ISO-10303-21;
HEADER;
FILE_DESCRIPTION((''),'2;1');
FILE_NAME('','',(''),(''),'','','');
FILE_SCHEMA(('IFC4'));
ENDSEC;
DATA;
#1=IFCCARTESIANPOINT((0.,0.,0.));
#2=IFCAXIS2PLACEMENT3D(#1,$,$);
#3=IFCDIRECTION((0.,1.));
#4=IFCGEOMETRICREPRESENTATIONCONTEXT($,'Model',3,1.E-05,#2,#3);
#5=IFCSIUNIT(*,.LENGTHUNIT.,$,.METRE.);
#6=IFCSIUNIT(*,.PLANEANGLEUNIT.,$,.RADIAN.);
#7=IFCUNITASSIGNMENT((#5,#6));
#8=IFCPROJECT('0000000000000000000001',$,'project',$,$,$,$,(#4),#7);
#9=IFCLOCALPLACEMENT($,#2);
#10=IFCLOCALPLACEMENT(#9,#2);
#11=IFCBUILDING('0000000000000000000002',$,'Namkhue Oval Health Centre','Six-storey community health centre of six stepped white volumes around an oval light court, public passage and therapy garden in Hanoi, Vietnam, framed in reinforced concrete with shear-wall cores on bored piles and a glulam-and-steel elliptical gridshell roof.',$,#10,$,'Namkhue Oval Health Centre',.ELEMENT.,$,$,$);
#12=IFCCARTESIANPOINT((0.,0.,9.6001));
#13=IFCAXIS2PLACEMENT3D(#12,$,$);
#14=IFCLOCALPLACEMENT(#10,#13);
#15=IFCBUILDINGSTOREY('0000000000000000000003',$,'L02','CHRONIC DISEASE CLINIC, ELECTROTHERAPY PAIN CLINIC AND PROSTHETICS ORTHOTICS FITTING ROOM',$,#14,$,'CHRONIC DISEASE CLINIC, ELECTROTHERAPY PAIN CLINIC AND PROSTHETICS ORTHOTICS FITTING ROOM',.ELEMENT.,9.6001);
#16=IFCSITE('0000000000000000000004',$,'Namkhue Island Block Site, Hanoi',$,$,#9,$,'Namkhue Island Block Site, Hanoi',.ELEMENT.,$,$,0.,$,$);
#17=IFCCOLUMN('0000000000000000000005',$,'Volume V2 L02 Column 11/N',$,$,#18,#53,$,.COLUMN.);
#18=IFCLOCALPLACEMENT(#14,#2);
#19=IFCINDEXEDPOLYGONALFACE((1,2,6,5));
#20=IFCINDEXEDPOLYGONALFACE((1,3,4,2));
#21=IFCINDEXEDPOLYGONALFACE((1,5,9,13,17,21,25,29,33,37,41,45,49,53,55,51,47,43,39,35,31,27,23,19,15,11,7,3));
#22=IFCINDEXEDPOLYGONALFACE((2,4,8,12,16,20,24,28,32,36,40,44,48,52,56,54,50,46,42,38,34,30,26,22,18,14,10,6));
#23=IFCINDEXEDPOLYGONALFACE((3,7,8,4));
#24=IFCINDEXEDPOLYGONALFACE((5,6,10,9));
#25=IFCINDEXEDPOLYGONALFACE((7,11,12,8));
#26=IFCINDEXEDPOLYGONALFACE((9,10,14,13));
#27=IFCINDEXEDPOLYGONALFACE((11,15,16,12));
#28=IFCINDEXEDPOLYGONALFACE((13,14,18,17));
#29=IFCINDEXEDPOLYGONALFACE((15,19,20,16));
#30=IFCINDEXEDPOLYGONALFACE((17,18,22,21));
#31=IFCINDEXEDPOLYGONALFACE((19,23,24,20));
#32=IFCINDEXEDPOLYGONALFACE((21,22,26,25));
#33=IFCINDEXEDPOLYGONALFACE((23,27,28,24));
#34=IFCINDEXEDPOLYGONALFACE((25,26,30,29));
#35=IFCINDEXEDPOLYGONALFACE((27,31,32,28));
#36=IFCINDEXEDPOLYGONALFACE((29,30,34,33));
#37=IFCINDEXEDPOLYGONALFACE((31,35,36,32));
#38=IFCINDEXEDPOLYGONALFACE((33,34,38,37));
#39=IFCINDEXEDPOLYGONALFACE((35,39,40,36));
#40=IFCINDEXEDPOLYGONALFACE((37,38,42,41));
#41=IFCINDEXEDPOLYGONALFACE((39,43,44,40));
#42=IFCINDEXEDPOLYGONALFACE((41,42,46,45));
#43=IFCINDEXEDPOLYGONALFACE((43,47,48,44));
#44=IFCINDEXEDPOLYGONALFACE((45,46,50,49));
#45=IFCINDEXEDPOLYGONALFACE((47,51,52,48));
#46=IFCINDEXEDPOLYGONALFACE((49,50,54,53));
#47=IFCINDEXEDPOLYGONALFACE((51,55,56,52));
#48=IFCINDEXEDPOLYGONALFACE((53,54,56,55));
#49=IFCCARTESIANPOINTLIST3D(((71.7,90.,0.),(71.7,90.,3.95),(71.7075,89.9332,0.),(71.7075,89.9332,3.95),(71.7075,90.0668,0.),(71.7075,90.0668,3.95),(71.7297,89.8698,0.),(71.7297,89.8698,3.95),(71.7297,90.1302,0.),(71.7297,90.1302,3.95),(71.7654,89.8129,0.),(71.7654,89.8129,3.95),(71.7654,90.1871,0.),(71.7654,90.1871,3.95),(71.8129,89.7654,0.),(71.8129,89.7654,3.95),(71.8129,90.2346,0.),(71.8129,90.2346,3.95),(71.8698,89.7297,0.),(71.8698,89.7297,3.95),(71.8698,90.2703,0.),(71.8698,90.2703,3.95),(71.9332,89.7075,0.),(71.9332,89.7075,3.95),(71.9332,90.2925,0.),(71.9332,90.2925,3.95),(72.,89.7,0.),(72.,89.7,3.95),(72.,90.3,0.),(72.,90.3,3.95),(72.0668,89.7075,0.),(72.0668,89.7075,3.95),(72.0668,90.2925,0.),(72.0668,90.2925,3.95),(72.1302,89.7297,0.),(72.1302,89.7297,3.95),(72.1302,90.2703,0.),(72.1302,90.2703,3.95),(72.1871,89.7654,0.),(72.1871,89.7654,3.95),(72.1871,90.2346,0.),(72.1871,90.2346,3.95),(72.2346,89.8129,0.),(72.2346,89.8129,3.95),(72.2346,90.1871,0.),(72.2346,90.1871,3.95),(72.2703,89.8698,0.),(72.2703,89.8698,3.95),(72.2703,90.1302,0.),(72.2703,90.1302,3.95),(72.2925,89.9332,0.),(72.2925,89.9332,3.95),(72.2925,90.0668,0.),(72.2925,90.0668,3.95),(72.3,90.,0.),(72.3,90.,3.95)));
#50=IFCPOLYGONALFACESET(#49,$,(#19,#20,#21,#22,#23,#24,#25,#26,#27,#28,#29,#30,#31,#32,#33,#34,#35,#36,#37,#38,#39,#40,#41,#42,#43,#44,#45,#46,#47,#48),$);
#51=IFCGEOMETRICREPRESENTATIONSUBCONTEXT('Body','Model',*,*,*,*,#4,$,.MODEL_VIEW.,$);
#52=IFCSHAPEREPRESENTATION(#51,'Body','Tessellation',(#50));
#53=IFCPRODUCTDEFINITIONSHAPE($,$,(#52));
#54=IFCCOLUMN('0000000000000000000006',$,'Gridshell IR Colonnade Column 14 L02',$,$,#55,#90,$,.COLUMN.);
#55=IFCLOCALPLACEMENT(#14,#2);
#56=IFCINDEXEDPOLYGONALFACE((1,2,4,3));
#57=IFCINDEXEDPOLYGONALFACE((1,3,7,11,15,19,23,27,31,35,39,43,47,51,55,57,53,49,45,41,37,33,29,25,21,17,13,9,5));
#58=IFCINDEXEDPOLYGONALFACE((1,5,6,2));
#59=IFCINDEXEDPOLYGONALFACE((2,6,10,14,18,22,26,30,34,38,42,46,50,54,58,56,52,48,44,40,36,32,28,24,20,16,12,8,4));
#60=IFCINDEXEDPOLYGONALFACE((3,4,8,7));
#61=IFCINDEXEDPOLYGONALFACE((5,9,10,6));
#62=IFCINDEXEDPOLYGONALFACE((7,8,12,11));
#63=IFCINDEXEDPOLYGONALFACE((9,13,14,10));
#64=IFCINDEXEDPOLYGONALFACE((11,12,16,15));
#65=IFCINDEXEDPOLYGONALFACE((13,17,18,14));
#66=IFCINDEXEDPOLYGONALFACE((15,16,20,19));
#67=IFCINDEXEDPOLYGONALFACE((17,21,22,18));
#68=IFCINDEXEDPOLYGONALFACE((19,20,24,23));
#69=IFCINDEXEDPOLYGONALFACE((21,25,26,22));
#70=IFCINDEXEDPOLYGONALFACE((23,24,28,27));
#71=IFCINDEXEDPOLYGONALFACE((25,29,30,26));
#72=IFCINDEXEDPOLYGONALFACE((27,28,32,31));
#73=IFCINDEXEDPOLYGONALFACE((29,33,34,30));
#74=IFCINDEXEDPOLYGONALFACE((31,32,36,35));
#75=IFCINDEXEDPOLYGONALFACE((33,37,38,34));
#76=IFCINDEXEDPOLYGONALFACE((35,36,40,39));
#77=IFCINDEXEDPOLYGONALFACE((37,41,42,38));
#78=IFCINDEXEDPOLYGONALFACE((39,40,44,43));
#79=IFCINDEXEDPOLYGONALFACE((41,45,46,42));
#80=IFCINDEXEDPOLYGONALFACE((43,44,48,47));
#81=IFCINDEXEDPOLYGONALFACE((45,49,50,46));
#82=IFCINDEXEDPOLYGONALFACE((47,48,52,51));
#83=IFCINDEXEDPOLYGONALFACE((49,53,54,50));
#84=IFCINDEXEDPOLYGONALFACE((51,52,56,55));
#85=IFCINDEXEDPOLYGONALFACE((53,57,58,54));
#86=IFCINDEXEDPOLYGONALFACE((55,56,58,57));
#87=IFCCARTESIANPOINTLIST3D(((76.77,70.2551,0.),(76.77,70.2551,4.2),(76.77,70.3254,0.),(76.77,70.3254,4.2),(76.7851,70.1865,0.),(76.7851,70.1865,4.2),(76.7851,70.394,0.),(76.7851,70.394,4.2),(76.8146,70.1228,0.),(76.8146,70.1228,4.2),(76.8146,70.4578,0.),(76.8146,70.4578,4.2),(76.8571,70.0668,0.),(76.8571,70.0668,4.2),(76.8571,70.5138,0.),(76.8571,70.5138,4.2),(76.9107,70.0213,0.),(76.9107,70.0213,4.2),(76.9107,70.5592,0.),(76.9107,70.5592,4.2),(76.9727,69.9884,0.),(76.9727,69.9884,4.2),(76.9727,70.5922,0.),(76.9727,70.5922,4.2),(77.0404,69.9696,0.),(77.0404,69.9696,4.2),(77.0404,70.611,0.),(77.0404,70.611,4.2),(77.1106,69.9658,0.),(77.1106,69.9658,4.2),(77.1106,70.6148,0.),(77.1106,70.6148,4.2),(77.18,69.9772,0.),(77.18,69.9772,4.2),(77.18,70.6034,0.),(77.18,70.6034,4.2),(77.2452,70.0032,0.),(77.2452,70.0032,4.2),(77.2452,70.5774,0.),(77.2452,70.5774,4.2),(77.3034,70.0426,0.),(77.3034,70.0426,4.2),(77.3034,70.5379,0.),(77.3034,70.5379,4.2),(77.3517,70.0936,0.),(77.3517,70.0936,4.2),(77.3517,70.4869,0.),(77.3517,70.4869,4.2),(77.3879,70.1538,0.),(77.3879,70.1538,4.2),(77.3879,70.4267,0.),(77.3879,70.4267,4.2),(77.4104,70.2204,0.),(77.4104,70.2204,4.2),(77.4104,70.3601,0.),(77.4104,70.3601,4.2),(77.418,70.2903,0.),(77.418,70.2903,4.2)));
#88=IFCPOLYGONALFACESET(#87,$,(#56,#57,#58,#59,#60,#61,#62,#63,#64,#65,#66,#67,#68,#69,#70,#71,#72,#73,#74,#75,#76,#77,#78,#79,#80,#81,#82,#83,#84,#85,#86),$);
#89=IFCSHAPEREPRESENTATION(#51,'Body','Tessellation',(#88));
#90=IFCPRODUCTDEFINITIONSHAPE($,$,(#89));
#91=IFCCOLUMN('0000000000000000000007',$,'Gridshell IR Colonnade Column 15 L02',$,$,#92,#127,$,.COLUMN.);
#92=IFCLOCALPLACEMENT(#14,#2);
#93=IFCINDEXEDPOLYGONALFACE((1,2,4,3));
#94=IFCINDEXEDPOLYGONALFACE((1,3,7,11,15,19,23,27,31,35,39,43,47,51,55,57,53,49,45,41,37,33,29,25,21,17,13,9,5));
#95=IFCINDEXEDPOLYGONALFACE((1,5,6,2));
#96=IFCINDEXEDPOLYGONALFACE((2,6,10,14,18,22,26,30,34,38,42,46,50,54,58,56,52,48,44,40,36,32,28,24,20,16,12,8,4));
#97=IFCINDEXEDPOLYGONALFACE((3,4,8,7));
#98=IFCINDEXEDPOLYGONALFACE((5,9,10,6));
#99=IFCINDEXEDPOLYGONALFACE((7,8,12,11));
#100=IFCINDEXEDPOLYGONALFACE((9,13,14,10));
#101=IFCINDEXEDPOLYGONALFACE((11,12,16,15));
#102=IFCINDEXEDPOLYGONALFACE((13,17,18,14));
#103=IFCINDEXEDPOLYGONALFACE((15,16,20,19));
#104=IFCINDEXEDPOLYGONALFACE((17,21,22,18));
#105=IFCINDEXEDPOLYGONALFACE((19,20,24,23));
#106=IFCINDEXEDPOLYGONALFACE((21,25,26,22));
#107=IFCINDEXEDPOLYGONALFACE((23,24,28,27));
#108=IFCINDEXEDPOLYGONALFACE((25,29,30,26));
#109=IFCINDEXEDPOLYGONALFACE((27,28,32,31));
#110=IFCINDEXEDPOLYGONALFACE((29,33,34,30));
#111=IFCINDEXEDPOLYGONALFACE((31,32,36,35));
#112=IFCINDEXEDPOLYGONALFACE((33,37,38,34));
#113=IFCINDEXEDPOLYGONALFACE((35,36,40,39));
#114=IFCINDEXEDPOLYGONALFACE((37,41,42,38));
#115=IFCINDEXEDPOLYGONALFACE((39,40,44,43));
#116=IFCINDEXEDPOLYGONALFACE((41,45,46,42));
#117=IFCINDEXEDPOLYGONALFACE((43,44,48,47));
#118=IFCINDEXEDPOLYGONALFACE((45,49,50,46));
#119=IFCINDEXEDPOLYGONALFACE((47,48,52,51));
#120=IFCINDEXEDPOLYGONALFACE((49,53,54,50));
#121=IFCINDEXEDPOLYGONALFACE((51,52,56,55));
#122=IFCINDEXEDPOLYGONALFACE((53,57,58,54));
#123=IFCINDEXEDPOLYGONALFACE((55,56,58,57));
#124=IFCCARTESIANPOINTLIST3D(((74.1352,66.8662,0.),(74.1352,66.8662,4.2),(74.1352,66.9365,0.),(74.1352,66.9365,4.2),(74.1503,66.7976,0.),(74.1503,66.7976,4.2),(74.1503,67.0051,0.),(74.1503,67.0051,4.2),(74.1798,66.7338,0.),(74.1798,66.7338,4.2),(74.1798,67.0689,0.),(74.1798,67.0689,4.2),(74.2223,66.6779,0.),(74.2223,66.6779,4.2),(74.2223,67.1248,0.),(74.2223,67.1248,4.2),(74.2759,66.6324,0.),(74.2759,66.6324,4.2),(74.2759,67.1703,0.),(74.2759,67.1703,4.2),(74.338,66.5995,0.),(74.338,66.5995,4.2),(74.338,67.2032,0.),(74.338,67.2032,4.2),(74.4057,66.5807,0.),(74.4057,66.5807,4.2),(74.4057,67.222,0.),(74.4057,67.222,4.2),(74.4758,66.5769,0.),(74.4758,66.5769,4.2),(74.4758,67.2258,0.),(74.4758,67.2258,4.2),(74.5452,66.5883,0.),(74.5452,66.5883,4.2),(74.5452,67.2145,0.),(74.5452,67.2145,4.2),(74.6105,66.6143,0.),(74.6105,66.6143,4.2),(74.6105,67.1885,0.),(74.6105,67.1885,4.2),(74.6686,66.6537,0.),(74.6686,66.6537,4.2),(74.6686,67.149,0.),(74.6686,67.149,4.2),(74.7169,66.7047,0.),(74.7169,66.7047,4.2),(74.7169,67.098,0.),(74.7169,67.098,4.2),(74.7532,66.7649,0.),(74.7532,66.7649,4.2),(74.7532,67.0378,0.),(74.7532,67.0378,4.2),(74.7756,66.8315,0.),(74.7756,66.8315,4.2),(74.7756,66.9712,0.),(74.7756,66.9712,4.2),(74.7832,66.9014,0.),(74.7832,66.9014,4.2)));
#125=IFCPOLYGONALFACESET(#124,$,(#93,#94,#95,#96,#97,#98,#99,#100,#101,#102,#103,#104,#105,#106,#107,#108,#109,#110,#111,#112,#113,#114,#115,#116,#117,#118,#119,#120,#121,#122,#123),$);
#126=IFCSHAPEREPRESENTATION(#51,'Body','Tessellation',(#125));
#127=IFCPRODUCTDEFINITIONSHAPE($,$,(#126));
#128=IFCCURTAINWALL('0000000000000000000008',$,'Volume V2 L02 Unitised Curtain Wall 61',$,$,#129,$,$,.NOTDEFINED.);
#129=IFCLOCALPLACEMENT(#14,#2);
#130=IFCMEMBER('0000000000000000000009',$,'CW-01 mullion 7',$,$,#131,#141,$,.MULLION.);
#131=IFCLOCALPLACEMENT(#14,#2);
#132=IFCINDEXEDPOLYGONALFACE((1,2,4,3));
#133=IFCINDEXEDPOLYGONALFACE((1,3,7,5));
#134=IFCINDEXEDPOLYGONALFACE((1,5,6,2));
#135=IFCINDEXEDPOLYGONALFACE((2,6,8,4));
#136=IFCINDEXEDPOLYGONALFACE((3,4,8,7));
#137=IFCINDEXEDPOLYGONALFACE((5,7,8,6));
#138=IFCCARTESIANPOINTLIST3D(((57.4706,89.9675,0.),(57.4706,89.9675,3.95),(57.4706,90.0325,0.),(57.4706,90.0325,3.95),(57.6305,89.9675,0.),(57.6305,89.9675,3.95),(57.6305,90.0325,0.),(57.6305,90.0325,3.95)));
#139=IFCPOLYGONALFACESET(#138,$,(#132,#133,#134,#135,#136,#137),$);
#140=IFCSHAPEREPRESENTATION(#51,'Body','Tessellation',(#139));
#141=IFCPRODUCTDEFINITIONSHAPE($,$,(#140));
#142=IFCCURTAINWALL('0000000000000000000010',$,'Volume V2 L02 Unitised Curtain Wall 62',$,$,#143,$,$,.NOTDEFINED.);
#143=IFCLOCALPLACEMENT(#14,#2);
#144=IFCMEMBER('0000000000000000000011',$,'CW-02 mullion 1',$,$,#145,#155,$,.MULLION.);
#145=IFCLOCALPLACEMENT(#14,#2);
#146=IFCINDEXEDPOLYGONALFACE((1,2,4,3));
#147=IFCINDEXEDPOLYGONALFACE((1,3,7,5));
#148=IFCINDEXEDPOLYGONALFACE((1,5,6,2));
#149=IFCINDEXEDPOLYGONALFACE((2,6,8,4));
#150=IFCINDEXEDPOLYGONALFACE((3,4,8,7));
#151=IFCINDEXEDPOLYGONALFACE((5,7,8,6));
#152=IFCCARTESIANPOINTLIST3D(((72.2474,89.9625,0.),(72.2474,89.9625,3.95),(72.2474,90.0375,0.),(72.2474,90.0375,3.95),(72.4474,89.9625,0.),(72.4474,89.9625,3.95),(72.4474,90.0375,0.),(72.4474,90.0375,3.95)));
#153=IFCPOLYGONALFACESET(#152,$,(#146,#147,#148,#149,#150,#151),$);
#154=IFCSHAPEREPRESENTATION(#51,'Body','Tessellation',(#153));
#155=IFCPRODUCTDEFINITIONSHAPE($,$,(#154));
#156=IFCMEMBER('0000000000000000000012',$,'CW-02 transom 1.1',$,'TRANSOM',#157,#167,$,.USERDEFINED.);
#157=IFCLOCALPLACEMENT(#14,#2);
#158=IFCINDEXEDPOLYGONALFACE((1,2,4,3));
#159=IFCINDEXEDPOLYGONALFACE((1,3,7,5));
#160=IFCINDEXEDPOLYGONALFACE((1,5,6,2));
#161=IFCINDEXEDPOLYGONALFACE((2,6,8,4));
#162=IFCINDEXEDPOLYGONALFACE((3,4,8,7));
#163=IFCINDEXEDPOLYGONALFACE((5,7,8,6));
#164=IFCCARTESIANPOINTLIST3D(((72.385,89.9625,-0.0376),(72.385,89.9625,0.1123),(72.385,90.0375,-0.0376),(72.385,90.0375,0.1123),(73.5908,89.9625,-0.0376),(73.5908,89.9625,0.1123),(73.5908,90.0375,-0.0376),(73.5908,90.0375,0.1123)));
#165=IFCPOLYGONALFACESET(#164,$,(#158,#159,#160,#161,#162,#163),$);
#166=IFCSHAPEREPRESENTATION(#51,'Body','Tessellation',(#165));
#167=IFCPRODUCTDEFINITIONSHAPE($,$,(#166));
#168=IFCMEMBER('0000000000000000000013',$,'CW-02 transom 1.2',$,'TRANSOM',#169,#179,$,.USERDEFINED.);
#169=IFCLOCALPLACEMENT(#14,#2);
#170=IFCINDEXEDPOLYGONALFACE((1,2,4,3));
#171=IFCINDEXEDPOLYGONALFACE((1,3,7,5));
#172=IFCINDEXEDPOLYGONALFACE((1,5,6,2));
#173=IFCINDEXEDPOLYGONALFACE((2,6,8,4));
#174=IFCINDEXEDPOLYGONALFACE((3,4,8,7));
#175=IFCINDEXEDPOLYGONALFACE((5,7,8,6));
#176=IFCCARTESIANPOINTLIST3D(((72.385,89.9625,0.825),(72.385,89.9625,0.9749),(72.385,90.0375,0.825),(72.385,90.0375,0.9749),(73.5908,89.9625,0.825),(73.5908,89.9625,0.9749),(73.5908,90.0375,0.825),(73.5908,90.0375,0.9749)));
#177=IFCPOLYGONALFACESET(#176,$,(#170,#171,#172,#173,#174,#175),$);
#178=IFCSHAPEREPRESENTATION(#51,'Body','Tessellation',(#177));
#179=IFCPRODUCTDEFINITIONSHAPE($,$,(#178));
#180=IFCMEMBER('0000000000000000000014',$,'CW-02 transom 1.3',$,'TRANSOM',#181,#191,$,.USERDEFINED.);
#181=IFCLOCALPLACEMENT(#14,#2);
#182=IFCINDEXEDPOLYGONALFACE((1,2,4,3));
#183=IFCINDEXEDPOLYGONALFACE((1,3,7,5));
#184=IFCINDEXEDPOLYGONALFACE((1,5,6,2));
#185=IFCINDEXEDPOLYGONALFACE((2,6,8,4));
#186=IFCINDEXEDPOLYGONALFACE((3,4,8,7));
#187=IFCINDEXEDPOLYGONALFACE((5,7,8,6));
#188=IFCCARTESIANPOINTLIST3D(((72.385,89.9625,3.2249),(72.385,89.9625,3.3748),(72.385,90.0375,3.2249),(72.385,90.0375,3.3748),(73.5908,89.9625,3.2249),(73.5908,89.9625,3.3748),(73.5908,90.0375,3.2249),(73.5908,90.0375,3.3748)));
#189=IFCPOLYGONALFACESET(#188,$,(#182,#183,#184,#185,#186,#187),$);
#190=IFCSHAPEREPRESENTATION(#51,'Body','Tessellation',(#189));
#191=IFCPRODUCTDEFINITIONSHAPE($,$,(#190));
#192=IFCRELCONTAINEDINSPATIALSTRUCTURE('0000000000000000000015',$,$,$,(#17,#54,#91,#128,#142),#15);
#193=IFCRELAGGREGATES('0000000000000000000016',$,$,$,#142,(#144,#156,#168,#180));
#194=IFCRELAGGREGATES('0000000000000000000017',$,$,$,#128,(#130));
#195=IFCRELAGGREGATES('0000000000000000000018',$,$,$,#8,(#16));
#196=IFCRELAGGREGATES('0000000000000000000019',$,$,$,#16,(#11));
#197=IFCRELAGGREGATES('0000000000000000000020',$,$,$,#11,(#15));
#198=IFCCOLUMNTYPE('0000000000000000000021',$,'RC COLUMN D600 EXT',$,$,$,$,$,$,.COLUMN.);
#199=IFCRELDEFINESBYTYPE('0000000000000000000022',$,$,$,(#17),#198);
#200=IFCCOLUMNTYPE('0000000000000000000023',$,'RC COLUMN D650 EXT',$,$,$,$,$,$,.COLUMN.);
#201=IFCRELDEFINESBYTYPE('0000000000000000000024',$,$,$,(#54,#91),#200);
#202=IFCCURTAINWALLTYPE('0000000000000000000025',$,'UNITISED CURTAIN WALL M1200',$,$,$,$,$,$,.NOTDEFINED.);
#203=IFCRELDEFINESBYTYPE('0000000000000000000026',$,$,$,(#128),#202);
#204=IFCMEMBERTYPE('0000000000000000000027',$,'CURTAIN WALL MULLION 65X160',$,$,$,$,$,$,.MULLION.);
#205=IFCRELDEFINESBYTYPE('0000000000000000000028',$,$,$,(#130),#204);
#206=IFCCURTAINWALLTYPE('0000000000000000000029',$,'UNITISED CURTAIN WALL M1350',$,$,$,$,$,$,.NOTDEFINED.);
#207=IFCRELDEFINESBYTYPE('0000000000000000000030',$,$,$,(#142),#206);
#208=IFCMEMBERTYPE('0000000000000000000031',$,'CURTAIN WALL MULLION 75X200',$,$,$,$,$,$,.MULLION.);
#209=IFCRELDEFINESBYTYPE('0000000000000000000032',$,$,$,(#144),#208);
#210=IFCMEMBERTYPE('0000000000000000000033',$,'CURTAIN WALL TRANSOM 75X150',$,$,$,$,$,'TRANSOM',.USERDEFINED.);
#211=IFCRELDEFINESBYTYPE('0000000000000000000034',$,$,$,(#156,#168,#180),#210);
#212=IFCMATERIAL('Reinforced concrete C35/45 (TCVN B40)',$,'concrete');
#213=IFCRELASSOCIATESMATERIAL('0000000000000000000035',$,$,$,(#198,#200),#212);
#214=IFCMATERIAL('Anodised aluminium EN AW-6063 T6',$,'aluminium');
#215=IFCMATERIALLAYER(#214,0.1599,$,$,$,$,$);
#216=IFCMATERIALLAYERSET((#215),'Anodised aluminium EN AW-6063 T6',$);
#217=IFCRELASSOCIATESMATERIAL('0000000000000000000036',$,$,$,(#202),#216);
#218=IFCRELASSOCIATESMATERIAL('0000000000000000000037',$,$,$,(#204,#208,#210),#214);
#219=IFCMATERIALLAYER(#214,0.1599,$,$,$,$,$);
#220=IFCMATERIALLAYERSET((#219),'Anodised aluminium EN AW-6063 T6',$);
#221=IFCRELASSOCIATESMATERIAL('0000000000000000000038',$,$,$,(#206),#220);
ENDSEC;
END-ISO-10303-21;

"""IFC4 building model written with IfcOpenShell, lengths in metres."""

from ifc_helpers import new_model, si_unit, direction, frame, origin, origin_2d, place, context, subcontext, project, spatial, rectangle, circle, extrude, material, layer, layer_set, material_profile, profile_set, type_object, element, aggregate, save


model = new_model("IFC4")

# Units and contexts
model_context = context("Model", 3, precision=1e-05, world=origin(), true_north=direction((0.0, 1.0)))
body_context = subcontext(model_context, "Body", "Model", "MODEL_VIEW")
ifc_project = project(units=[si_unit("LENGTHUNIT", "METRE"), si_unit("PLANEANGLEUNIT", "RADIAN")], contexts=[model_context])

# Site, building, storey
site_placement = place(None, origin())
site = spatial("IfcSite", under=ifc_project, at=site_placement, Name="Namkhue Island Block Site, Hanoi", LongName="Namkhue Island Block Site, Hanoi", CompositionType="ELEMENT", RefElevation=0.0)
building_placement = place(site_placement, origin())
building = spatial("IfcBuilding", under=site, at=building_placement, Name="Namkhue Oval Health Centre", Description="Six-storey community health centre of six stepped white volumes around an oval light court, public passage and therapy garden in Hanoi, Vietnam, framed in reinforced concrete with shear-wall cores on bored piles and a glulam-and-steel elliptical gridshell roof.", LongName="Namkhue Oval Health Centre", CompositionType="ELEMENT")
storey_placement = place(building_placement, frame((0.0, 0.0, 9.6001)))
storey = spatial("IfcBuildingStorey", under=building, at=storey_placement, Name="L02", Description="CHRONIC DISEASE CLINIC, ELECTROTHERAPY PAIN CLINIC AND PROSTHETICS ORTHOTICS FITTING ROOM", LongName="CHRONIC DISEASE CLINIC, ELECTROTHERAPY PAIN CLINIC AND PROSTHETICS ORTHOTICS FITTING ROOM", CompositionType="ELEMENT", Elevation=9.6001)

# Columns
ifc_material_1 = material(Name="Reinforced concrete C35/45 (TCVN B40)", Category="concrete")
ifc_material_profile_1 = material_profile(ifc_material_1, circle(Radius=0.3, at=origin_2d()), Name="RC D600")
ifc_profile_set_1 = profile_set([ifc_material_profile_1], Name="Reinforced concrete C35/45 (TCVN B40)")
column_type_1 = type_object("IfcColumnType", Name="RC COLUMN D600 EXT", PredefinedType="COLUMN", material=ifc_profile_set_1)
column_placement = place(storey_placement, frame((72.0, 90.0, 0.0), z_axis=(0.0, 0.0, 1.0), x_axis=(1.0, 0.0, 0.0)))
element("IfcColumn", 1, at=column_placement, inside=storey, type_object=column_type_1, Name="Volume V2 L02 Column 11/N", PredefinedType="COLUMN", context=body_context, shape_type="SweptSolid", body=[
    extrude(circle(Radius=0.3, at=origin_2d()), origin(), (0.0, 0.0, 1.0), 3.95),
])
ifc_material_profile_2 = material_profile(ifc_material_1, circle(Radius=0.325, at=origin_2d()), Name="RC D650")
ifc_profile_set_2 = profile_set([ifc_material_profile_2], Name="Reinforced concrete C35/45 (TCVN B40)")
column_type_2 = type_object("IfcColumnType", Name="RC COLUMN D650 EXT", PredefinedType="COLUMN", material=ifc_profile_set_2)
for number, where, z_axis, x_axis, name in (
    (2, (77.093, 70.2903, 0.0), (0.0, 0.0, 1.0), (1.0, 0.0, 0.0), "Gridshell IR Colonnade Column 14 L02"),
    (3, (74.4583, 66.9014, 0.0), (0.0, 0.0, 1.0), (1.0, 0.0, 0.0), "Gridshell IR Colonnade Column 15 L02"),
):
    element("IfcColumn", number, at=place(storey_placement, frame(where, z_axis=z_axis, x_axis=x_axis)), inside=storey, type_object=column_type_2, Name=name, PredefinedType="COLUMN", context=body_context, shape_type="SweptSolid", body=[
        extrude(circle(Radius=0.325, at=origin_2d()), origin(), (0.0, 0.0, 1.0), 4.2),
    ])

# Curtain wall, member
ifc_material_2 = material(Name="Anodised aluminium EN AW-6063 T6", Category="aluminium")
ifc_layer_1 = layer(ifc_material_2, 0.1599)
ifc_layer_set_1 = layer_set([ifc_layer_1], Name="Anodised aluminium EN AW-6063 T6")
curtain_wall_type_1 = type_object("IfcCurtainWallType", Name="UNITISED CURTAIN WALL M1200", PredefinedType="NOTDEFINED", material=ifc_layer_set_1)
curtain_wall_1_placement = place(storey_placement, origin())
curtain_wall_1 = element("IfcCurtainWall", 4, at=curtain_wall_1_placement, inside=storey, type_object=curtain_wall_type_1, Name="Volume V2 L02 Unitised Curtain Wall 61", PredefinedType="NOTDEFINED")
ifc_material_profile_3 = material_profile(ifc_material_2, rectangle(XDim=0.0649, YDim=0.1599, at=origin_2d()), Name="ALU 65x160")
ifc_profile_set_3 = profile_set([ifc_material_profile_3], Name="Anodised aluminium EN AW-6063 T6")
member_type_1 = type_object("IfcMemberType", Name="CURTAIN WALL MULLION 65X160", PredefinedType="MULLION", material=ifc_profile_set_3)
member_1_placement = place(storey_placement, frame((57.5505, 90.0, 0.0), z_axis=(0.0, 0.0, 1.0), x_axis=(0.0, 1.0, 0.0)))
member_1 = element("IfcMember", 5, at=member_1_placement, type_object=member_type_1, Name="CW-01 mullion 7", PredefinedType="MULLION", context=body_context, shape_type="SweptSolid", body=[
    extrude(rectangle(XDim=0.0649, YDim=0.1599, at=origin_2d()), origin(), (0.0, 0.0, 1.0), 3.95),
])

# Curtain wall, members
ifc_layer_2 = layer(ifc_material_2, 0.1599)
ifc_layer_set_2 = layer_set([ifc_layer_2], Name="Anodised aluminium EN AW-6063 T6")
curtain_wall_type_2 = type_object("IfcCurtainWallType", Name="UNITISED CURTAIN WALL M1350", PredefinedType="NOTDEFINED", material=ifc_layer_set_2)
curtain_wall_2_placement = place(storey_placement, origin())
curtain_wall_2 = element("IfcCurtainWall", 6, at=curtain_wall_2_placement, inside=storey, type_object=curtain_wall_type_2, Name="Volume V2 L02 Unitised Curtain Wall 62", PredefinedType="NOTDEFINED")
ifc_material_profile_4 = material_profile(ifc_material_2, rectangle(XDim=0.075, YDim=0.2, at=origin_2d()), Name="ALU 75x200")
ifc_profile_set_4 = profile_set([ifc_material_profile_4], Name="Anodised aluminium EN AW-6063 T6")
member_type_2 = type_object("IfcMemberType", Name="CURTAIN WALL MULLION 75X200", PredefinedType="MULLION", material=ifc_profile_set_4)
member_2_placement = place(storey_placement, frame((72.3474, 90.0, 0.0), z_axis=(0.0, 0.0, 1.0), x_axis=(0.0, 1.0, 0.0)))
member_2 = element("IfcMember", 7, at=member_2_placement, type_object=member_type_2, Name="CW-02 mullion 1", PredefinedType="MULLION", context=body_context, shape_type="SweptSolid", body=[
    extrude(rectangle(XDim=0.075, YDim=0.2, at=origin_2d()), origin(), (0.0, 0.0, 1.0), 3.95),
])
ifc_material_profile_5 = material_profile(ifc_material_2, rectangle(XDim=0.075, YDim=0.1499, at=origin_2d()), Name="ALU 75x150")
ifc_profile_set_5 = profile_set([ifc_material_profile_5], Name="Anodised aluminium EN AW-6063 T6")
member_type_3 = type_object("IfcMemberType", Name="CURTAIN WALL TRANSOM 75X150", ElementType="TRANSOM", PredefinedType="USERDEFINED", material=ifc_profile_set_5)
member_3_placement = place(storey_placement, frame((72.385, 90.0, 0.0374), z_axis=(1.0, 0.0, 0.0), x_axis=(0.0, 1.0, 0.0)))
member_3 = element("IfcMember", 8, at=member_3_placement, type_object=member_type_3, Name="CW-02 transom 1.1", ObjectType="TRANSOM", PredefinedType="USERDEFINED", context=body_context, shape_type="SweptSolid", body=[
    extrude(rectangle(XDim=0.075, YDim=0.1499, at=origin_2d()), origin(), (0.0, 0.0, 1.0), 1.2058),
])
member_4_placement = place(storey_placement, frame((72.385, 90.0, 0.8999), z_axis=(1.0, 0.0, 0.0), x_axis=(0.0, 1.0, 0.0)))
member_4 = element("IfcMember", 9, at=member_4_placement, type_object=member_type_3, Name="CW-02 transom 1.2", ObjectType="TRANSOM", PredefinedType="USERDEFINED", context=body_context, shape_type="SweptSolid", body=[
    extrude(rectangle(XDim=0.075, YDim=0.1499, at=origin_2d()), origin(), (0.0, 0.0, 1.0), 1.2058),
])
member_5_placement = place(storey_placement, frame((72.385, 90.0, 3.2998), z_axis=(1.0, 0.0, 0.0), x_axis=(0.0, 1.0, 0.0)))
member_5 = element("IfcMember", 10, at=member_5_placement, type_object=member_type_3, Name="CW-02 transom 1.3", ObjectType="TRANSOM", PredefinedType="USERDEFINED", context=body_context, shape_type="SweptSolid", body=[
    extrude(rectangle(XDim=0.075, YDim=0.1499, at=origin_2d()), origin(), (0.0, 0.0, 1.0), 1.2058),
])
aggregate(curtain_wall_2, [member_2, member_3, member_4, member_5])

aggregate(curtain_wall_1, [member_1])

save(model, "model.ifc")
